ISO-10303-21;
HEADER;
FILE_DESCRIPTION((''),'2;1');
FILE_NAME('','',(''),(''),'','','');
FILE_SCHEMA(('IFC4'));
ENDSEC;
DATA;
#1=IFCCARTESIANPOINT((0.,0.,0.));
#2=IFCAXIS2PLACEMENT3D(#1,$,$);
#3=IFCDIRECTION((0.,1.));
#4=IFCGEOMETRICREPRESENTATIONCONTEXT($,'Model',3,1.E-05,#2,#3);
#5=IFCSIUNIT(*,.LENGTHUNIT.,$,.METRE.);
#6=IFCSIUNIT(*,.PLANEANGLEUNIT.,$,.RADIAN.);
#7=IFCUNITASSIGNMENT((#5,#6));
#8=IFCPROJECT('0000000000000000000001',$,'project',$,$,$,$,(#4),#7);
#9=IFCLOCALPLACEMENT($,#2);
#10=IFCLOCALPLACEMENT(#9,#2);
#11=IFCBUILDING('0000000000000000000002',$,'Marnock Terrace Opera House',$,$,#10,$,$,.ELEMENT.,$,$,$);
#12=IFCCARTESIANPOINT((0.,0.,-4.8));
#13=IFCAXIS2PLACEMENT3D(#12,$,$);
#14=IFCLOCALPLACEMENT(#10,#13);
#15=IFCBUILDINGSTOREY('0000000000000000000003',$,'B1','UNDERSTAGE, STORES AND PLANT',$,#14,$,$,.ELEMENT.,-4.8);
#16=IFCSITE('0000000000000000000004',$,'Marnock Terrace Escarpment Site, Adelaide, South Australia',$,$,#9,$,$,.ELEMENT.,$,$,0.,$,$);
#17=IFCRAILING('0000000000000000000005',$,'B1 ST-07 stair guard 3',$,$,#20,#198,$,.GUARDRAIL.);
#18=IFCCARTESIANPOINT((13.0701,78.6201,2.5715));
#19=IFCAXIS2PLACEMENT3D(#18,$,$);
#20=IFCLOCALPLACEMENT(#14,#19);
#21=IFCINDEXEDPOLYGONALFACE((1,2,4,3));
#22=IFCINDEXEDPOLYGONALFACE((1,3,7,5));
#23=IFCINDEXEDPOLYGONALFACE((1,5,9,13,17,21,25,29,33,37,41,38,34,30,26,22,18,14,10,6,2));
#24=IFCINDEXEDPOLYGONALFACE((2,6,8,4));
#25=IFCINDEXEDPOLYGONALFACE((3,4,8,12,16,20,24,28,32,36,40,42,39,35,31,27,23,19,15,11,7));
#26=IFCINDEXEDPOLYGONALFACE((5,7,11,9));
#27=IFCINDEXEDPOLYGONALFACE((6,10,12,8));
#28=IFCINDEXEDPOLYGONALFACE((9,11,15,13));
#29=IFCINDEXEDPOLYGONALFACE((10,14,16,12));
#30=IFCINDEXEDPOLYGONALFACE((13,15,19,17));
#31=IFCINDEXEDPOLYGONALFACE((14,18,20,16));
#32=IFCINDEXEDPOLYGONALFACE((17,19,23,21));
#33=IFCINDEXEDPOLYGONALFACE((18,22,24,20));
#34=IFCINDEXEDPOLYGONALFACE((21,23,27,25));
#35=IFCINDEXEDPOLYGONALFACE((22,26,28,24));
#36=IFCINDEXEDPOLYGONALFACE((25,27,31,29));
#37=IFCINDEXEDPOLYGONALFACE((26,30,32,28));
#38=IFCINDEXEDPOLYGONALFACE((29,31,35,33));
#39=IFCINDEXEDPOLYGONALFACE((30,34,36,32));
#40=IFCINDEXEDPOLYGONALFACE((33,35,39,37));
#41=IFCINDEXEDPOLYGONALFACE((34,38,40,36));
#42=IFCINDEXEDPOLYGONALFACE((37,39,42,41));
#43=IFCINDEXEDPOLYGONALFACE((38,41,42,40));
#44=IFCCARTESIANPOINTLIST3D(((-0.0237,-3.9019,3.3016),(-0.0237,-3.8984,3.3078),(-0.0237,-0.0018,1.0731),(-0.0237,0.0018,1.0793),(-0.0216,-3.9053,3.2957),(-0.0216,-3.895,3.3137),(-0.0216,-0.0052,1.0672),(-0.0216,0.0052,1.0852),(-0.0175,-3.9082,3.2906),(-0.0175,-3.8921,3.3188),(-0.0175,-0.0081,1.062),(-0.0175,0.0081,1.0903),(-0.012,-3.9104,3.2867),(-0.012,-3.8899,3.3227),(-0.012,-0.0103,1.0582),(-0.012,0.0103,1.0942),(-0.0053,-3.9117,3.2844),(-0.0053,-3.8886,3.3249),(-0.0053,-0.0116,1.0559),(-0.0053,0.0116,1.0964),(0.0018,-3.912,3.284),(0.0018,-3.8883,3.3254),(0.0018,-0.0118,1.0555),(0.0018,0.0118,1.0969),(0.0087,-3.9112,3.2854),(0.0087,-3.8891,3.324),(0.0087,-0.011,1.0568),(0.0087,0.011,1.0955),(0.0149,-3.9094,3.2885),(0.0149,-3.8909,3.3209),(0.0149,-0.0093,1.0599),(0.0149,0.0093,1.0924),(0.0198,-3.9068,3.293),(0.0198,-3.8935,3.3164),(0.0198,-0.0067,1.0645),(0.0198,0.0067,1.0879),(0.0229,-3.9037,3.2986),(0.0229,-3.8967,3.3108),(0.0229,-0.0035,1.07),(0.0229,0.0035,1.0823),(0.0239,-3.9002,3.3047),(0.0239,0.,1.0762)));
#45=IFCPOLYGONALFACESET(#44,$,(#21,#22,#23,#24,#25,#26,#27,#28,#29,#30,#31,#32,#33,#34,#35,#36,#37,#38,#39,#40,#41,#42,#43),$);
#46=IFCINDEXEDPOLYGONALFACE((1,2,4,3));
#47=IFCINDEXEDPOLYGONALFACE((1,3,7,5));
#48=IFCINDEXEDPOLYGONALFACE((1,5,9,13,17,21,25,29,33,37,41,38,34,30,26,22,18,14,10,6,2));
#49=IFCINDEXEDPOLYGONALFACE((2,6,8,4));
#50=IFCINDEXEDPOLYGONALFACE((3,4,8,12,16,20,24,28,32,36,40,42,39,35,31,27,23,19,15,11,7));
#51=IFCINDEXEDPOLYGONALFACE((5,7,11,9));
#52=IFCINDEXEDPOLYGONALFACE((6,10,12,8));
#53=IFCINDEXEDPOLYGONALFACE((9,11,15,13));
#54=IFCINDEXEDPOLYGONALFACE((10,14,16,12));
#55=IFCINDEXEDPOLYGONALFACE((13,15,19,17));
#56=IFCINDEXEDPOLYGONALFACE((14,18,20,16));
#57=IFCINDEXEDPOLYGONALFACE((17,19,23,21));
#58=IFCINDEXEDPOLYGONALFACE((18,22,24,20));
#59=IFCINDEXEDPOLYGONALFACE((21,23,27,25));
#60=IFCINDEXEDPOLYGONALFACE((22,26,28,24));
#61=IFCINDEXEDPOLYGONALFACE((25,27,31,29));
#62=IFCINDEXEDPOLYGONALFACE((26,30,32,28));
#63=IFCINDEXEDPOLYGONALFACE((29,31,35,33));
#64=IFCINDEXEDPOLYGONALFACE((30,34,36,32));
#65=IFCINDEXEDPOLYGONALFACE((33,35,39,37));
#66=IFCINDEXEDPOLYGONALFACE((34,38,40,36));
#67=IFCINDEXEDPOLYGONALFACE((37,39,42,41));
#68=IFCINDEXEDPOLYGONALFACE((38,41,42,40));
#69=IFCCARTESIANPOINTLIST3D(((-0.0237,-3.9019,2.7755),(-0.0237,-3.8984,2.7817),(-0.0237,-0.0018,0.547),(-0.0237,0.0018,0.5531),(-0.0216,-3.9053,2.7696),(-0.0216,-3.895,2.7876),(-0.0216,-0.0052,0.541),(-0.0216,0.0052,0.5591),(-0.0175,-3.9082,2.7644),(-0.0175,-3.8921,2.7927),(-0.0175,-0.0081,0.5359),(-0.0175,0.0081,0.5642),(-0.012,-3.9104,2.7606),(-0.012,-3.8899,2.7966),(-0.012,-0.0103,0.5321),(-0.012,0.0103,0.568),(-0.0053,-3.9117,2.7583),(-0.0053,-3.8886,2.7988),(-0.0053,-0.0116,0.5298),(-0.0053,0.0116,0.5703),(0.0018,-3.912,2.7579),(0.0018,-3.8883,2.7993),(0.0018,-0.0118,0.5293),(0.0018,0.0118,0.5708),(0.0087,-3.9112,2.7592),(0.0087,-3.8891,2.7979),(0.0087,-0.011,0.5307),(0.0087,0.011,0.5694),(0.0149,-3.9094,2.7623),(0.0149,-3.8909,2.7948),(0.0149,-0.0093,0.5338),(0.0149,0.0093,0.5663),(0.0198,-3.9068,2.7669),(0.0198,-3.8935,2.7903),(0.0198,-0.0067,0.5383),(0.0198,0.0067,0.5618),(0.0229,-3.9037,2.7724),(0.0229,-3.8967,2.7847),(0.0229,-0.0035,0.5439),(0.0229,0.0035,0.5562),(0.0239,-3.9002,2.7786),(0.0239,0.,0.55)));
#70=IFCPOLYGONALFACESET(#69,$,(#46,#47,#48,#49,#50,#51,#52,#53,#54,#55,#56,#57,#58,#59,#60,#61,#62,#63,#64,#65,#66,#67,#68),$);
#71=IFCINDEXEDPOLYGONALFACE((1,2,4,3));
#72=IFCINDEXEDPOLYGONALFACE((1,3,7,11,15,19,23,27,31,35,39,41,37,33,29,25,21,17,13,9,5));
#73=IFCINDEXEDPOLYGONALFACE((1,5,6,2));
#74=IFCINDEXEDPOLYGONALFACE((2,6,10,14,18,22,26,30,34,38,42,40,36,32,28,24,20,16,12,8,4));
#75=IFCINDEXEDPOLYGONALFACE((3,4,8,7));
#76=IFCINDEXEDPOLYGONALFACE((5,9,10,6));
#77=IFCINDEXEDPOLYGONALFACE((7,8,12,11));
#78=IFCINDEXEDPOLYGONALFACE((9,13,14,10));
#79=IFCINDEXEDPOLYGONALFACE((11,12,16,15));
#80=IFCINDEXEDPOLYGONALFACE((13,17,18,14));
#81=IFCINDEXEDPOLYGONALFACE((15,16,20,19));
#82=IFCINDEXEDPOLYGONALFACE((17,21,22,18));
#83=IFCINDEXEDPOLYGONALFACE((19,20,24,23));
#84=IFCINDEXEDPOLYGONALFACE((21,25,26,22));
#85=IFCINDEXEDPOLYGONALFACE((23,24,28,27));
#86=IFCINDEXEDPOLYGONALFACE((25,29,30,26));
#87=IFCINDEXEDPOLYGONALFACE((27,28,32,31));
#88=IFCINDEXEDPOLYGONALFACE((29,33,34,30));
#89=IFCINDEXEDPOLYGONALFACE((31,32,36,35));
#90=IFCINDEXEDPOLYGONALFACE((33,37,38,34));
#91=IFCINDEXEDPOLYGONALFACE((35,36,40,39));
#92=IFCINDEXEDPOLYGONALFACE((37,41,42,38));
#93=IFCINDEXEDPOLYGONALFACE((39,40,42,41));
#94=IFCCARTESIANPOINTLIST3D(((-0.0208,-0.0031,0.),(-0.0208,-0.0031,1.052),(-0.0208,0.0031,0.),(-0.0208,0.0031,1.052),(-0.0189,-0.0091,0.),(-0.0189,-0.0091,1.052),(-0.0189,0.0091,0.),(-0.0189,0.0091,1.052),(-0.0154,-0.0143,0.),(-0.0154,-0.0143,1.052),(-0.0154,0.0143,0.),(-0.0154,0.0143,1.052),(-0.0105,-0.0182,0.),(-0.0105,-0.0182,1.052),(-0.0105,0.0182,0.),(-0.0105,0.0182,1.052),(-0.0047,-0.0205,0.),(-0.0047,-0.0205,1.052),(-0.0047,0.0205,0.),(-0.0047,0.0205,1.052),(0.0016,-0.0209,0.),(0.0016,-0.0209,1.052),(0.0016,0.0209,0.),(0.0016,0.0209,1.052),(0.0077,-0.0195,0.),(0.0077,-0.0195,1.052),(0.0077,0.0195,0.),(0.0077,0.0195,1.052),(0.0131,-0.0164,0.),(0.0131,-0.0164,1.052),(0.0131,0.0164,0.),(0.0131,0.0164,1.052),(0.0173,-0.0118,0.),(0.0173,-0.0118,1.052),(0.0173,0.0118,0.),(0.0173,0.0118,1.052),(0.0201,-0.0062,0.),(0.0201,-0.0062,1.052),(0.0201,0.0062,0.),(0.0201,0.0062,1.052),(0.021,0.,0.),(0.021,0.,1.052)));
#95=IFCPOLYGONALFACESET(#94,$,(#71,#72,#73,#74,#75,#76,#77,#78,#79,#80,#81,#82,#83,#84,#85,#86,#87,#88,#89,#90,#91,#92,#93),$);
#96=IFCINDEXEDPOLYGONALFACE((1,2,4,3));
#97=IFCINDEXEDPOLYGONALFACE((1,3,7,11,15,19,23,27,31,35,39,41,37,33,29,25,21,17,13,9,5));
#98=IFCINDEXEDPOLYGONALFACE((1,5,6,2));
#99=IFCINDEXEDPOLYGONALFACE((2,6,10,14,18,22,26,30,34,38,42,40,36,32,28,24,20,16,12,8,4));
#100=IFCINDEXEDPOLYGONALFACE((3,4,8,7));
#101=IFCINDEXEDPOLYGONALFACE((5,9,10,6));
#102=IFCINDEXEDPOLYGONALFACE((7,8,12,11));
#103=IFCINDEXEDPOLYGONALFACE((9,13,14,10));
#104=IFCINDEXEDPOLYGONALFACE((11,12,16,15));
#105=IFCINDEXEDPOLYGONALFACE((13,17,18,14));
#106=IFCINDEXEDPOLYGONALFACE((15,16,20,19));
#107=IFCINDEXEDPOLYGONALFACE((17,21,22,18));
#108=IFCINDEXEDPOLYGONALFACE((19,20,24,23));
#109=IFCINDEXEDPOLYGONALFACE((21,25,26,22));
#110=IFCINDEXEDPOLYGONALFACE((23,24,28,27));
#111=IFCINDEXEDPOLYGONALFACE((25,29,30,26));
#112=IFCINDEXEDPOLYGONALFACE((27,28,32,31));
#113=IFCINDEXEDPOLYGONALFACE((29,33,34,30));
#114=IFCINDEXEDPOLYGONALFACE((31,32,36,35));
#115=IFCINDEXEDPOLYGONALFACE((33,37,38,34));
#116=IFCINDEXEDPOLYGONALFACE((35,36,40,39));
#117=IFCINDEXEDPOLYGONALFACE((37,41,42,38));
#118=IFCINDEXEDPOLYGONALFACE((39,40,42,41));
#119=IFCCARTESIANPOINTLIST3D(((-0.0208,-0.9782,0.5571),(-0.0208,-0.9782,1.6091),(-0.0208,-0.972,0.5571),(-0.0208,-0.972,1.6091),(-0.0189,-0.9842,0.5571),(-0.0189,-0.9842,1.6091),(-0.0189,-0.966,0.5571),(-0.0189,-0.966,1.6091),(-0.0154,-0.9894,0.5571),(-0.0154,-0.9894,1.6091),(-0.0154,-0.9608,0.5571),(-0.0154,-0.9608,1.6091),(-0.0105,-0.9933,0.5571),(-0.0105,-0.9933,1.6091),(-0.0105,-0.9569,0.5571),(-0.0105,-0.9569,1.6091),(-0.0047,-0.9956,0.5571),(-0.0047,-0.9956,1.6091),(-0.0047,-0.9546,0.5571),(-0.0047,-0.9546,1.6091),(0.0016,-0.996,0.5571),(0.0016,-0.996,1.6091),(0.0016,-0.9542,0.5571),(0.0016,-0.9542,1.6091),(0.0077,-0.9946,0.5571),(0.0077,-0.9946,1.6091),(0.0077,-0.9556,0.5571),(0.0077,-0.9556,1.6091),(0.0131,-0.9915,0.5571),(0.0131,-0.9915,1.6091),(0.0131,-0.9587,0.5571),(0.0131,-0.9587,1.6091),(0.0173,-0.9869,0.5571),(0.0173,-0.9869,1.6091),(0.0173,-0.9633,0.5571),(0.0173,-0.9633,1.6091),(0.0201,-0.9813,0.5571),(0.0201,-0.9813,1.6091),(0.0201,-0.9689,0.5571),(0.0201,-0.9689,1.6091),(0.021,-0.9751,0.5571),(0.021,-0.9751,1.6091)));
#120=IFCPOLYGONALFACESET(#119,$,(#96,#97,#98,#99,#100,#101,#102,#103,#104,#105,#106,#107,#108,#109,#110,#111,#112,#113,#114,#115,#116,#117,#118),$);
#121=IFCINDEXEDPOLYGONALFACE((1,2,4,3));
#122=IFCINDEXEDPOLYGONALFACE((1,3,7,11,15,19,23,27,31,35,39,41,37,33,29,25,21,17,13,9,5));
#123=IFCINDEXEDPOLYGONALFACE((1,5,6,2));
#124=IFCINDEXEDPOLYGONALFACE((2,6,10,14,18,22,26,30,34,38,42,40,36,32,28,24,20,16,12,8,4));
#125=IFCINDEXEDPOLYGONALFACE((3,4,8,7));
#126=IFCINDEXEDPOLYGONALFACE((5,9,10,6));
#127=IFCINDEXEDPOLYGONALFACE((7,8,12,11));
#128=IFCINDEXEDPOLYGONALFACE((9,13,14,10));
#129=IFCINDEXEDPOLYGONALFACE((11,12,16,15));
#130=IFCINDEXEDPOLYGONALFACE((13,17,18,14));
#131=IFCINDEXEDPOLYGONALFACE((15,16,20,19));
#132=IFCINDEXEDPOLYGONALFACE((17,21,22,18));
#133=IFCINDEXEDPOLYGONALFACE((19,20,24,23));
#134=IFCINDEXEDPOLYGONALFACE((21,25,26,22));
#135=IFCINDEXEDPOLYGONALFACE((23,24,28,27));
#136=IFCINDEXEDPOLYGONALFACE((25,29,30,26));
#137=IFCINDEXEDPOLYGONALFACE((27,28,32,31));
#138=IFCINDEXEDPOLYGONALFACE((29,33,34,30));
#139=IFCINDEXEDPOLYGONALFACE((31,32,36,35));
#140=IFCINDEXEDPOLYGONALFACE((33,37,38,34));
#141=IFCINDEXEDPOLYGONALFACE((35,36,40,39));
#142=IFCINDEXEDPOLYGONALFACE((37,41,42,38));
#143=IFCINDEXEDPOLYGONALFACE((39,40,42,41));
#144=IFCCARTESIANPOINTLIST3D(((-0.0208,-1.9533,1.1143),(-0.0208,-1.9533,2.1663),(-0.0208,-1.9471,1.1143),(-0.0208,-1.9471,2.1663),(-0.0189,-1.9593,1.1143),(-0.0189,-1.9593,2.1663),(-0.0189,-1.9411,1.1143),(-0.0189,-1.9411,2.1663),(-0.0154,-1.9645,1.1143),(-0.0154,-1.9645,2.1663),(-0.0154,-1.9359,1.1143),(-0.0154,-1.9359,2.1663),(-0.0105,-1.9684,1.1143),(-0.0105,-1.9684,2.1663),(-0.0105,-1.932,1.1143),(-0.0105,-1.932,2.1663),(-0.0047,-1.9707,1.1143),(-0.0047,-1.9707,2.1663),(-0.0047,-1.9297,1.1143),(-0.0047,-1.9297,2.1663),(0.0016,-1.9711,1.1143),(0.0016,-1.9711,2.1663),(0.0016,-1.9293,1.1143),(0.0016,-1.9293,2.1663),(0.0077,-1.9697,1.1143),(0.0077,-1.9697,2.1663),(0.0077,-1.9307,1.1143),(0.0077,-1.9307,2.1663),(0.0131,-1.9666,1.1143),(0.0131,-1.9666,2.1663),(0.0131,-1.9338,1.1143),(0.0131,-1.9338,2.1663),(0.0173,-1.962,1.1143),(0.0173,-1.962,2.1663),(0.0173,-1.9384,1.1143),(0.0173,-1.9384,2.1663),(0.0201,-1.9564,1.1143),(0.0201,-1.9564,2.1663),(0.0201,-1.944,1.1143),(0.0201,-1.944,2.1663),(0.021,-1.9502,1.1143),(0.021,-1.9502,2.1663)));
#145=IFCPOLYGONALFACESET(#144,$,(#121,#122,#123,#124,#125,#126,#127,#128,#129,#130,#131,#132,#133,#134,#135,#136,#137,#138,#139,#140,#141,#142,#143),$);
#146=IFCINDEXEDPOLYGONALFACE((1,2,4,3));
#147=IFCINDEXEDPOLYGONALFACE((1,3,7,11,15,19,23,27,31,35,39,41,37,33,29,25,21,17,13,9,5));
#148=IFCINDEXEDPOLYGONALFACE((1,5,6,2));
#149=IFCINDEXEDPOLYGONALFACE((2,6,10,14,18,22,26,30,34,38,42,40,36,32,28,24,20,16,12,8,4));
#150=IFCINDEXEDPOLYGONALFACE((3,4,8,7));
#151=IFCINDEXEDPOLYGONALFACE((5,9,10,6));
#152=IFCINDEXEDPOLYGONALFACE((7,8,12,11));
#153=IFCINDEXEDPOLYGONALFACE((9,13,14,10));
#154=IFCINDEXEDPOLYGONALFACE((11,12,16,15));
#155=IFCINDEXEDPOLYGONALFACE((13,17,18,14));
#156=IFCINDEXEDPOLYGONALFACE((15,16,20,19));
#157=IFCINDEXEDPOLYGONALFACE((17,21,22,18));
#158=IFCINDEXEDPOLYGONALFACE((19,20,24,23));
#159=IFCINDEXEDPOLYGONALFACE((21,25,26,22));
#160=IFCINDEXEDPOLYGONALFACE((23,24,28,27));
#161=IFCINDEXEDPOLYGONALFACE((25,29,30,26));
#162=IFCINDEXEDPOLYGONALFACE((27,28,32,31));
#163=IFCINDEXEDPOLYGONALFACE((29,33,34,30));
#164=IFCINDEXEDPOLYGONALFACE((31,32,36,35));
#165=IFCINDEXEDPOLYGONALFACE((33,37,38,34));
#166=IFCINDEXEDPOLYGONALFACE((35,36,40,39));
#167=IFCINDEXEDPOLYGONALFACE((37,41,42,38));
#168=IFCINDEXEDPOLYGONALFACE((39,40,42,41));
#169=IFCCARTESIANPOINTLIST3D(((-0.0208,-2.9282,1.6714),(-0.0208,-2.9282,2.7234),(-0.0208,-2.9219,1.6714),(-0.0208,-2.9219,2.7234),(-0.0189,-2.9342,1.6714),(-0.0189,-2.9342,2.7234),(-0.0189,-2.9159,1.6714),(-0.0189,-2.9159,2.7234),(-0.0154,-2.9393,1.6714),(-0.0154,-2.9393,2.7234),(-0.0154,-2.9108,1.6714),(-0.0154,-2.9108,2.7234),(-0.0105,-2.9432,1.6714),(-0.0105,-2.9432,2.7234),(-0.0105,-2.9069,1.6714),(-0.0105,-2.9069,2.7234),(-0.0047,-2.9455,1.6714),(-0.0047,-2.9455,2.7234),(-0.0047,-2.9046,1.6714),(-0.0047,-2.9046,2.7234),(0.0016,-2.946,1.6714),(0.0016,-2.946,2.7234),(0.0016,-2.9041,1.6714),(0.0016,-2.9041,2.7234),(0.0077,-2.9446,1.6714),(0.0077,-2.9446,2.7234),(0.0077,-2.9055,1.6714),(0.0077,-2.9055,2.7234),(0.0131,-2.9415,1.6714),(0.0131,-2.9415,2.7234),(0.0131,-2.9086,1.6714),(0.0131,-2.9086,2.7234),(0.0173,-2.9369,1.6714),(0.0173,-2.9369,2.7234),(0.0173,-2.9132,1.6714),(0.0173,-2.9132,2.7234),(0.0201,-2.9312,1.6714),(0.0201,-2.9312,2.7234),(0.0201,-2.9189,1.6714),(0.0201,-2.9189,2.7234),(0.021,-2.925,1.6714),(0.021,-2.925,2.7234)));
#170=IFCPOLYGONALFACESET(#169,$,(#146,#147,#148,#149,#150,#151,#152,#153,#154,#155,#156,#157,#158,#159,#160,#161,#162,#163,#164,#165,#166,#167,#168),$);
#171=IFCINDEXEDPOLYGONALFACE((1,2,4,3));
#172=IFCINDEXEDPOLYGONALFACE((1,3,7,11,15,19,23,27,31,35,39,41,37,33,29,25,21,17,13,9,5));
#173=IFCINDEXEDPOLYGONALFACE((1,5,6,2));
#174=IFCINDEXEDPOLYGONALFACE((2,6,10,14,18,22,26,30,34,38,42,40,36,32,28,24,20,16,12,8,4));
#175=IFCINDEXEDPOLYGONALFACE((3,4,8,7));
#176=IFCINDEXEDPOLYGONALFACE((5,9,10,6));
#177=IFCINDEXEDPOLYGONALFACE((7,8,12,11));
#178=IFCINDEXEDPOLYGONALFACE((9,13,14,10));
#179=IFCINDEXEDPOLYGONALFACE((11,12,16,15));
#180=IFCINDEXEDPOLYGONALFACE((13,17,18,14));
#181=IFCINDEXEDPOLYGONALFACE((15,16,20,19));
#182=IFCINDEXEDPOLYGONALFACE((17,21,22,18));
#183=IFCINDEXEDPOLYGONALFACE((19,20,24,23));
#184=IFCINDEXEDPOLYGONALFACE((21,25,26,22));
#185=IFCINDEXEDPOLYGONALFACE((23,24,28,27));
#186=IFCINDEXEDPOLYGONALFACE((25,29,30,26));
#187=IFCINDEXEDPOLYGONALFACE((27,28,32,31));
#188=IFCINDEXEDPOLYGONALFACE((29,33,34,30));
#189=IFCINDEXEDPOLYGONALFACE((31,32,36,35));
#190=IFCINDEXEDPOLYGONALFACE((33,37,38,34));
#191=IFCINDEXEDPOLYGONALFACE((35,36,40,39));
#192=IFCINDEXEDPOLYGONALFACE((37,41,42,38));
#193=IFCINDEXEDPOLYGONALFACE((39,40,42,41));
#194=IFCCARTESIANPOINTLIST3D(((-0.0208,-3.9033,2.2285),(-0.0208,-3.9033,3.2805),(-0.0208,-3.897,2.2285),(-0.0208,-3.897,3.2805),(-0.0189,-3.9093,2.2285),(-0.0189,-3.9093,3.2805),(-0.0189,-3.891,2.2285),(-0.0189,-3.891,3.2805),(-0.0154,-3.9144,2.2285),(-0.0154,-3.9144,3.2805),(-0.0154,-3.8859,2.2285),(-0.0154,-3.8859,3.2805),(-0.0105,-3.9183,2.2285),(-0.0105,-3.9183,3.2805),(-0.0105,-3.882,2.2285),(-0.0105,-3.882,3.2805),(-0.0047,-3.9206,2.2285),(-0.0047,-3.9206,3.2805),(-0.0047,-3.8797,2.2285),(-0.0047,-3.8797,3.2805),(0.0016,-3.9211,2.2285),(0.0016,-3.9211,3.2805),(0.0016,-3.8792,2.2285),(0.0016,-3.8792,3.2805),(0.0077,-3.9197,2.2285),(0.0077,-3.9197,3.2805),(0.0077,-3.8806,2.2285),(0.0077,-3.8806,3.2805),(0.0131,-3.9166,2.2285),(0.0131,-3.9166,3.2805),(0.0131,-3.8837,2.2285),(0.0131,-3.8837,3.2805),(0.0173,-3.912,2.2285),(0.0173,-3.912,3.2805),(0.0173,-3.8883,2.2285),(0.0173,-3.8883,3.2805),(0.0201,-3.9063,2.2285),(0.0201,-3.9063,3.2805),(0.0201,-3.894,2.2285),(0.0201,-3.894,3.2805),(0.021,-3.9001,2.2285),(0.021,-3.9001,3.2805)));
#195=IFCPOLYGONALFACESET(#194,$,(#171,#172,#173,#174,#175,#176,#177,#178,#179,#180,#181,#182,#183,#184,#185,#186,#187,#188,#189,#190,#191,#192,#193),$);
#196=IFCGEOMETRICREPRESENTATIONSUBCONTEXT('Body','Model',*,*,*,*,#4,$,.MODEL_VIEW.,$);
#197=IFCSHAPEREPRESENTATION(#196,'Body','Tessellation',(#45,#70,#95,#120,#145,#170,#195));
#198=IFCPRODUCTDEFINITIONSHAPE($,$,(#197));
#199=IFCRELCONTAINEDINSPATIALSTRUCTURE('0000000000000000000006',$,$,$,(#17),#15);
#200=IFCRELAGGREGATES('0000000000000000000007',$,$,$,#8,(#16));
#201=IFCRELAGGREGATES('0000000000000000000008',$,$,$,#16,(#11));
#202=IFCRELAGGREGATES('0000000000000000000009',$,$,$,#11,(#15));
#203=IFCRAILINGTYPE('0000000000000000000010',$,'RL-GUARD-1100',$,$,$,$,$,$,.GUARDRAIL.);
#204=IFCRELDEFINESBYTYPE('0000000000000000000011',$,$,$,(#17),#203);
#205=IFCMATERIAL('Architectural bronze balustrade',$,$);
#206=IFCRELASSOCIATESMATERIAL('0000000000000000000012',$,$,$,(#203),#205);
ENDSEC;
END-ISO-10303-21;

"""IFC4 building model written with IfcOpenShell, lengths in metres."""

from ifc_helpers import new_model, si_unit, direction, frame, origin, origin_2d, place, context, subcontext, project, spatial, circle, extrude, material, type_object, element, save


model = new_model("IFC4")

# Units and contexts
model_context = context("Model", 3, precision=1e-05, world=origin(), true_north=direction((0.0, 1.0)))
body_context = subcontext(model_context, "Body", "Model", "MODEL_VIEW")
ifc_project = project(units=[si_unit("LENGTHUNIT", "METRE"), si_unit("PLANEANGLEUNIT", "RADIAN")], contexts=[model_context])

# Site, building, storey
site_placement = place(None, origin())
site = spatial("IfcSite", under=ifc_project, at=site_placement, Name="Marnock Terrace Escarpment Site, Adelaide, South Australia", CompositionType="ELEMENT", RefElevation=0.0)
building_placement = place(site_placement, origin())
building = spatial("IfcBuilding", under=site, at=building_placement, Name="Marnock Terrace Opera House", CompositionType="ELEMENT")
storey_placement = place(building_placement, frame((0.0, 0.0, -4.8)))
storey = spatial("IfcBuildingStorey", under=building, at=storey_placement, Name="B1", Description="UNDERSTAGE, STORES AND PLANT", CompositionType="ELEMENT", Elevation=-4.8)

# Railing
ifc_material_1 = material(Name="Architectural bronze balustrade")
railing_type_1 = type_object("IfcRailingType", Name="RL-GUARD-1100", PredefinedType="GUARDRAIL", material=ifc_material_1)
railing_1_placement = place(storey_placement, frame((13.0701, 78.6201, 2.5715)))
element("IfcRailing", 1, at=railing_1_placement, inside=storey, type_object=railing_type_1, Name="B1 ST-07 stair guard 3", PredefinedType="GUARDRAIL", context=body_context, shape_type="SweptSolid", body=[
    extrude(circle(Radius=0.0239, at=origin_2d()), frame((0.0, 0.0, 1.0762), z_axis=(0.0, -0.868257, 0.496116), x_axis=(1.0, 0.0, 0.0)), (0.0, 0.0, 1.0), 4.4919),
    extrude(circle(Radius=0.0239, at=origin_2d()), frame((0.0, 0.0, 0.55), z_axis=(0.0, -0.868257, 0.496116), x_axis=(1.0, 0.0, 0.0)), (0.0, 0.0, 1.0), 4.4919),
    extrude(circle(Radius=0.021, at=origin_2d()), origin(), (0.0, 0.0, 1.0), 1.052),
    extrude(circle(Radius=0.021, at=origin_2d()), frame((0.0, -0.9751, 0.5571)), (0.0, 0.0, 1.0), 1.052),
    extrude(circle(Radius=0.021, at=origin_2d()), frame((0.0, -1.9502, 1.1143)), (0.0, 0.0, 1.0), 1.052),
    extrude(circle(Radius=0.021, at=origin_2d()), frame((0.0, -2.925, 1.6714)), (0.0, 0.0, 1.0), 1.052),
    extrude(circle(Radius=0.021, at=origin_2d()), frame((0.0, -3.9001, 2.2285)), (0.0, 0.0, 1.0), 1.052),
])

save(model, "model.ifc")
